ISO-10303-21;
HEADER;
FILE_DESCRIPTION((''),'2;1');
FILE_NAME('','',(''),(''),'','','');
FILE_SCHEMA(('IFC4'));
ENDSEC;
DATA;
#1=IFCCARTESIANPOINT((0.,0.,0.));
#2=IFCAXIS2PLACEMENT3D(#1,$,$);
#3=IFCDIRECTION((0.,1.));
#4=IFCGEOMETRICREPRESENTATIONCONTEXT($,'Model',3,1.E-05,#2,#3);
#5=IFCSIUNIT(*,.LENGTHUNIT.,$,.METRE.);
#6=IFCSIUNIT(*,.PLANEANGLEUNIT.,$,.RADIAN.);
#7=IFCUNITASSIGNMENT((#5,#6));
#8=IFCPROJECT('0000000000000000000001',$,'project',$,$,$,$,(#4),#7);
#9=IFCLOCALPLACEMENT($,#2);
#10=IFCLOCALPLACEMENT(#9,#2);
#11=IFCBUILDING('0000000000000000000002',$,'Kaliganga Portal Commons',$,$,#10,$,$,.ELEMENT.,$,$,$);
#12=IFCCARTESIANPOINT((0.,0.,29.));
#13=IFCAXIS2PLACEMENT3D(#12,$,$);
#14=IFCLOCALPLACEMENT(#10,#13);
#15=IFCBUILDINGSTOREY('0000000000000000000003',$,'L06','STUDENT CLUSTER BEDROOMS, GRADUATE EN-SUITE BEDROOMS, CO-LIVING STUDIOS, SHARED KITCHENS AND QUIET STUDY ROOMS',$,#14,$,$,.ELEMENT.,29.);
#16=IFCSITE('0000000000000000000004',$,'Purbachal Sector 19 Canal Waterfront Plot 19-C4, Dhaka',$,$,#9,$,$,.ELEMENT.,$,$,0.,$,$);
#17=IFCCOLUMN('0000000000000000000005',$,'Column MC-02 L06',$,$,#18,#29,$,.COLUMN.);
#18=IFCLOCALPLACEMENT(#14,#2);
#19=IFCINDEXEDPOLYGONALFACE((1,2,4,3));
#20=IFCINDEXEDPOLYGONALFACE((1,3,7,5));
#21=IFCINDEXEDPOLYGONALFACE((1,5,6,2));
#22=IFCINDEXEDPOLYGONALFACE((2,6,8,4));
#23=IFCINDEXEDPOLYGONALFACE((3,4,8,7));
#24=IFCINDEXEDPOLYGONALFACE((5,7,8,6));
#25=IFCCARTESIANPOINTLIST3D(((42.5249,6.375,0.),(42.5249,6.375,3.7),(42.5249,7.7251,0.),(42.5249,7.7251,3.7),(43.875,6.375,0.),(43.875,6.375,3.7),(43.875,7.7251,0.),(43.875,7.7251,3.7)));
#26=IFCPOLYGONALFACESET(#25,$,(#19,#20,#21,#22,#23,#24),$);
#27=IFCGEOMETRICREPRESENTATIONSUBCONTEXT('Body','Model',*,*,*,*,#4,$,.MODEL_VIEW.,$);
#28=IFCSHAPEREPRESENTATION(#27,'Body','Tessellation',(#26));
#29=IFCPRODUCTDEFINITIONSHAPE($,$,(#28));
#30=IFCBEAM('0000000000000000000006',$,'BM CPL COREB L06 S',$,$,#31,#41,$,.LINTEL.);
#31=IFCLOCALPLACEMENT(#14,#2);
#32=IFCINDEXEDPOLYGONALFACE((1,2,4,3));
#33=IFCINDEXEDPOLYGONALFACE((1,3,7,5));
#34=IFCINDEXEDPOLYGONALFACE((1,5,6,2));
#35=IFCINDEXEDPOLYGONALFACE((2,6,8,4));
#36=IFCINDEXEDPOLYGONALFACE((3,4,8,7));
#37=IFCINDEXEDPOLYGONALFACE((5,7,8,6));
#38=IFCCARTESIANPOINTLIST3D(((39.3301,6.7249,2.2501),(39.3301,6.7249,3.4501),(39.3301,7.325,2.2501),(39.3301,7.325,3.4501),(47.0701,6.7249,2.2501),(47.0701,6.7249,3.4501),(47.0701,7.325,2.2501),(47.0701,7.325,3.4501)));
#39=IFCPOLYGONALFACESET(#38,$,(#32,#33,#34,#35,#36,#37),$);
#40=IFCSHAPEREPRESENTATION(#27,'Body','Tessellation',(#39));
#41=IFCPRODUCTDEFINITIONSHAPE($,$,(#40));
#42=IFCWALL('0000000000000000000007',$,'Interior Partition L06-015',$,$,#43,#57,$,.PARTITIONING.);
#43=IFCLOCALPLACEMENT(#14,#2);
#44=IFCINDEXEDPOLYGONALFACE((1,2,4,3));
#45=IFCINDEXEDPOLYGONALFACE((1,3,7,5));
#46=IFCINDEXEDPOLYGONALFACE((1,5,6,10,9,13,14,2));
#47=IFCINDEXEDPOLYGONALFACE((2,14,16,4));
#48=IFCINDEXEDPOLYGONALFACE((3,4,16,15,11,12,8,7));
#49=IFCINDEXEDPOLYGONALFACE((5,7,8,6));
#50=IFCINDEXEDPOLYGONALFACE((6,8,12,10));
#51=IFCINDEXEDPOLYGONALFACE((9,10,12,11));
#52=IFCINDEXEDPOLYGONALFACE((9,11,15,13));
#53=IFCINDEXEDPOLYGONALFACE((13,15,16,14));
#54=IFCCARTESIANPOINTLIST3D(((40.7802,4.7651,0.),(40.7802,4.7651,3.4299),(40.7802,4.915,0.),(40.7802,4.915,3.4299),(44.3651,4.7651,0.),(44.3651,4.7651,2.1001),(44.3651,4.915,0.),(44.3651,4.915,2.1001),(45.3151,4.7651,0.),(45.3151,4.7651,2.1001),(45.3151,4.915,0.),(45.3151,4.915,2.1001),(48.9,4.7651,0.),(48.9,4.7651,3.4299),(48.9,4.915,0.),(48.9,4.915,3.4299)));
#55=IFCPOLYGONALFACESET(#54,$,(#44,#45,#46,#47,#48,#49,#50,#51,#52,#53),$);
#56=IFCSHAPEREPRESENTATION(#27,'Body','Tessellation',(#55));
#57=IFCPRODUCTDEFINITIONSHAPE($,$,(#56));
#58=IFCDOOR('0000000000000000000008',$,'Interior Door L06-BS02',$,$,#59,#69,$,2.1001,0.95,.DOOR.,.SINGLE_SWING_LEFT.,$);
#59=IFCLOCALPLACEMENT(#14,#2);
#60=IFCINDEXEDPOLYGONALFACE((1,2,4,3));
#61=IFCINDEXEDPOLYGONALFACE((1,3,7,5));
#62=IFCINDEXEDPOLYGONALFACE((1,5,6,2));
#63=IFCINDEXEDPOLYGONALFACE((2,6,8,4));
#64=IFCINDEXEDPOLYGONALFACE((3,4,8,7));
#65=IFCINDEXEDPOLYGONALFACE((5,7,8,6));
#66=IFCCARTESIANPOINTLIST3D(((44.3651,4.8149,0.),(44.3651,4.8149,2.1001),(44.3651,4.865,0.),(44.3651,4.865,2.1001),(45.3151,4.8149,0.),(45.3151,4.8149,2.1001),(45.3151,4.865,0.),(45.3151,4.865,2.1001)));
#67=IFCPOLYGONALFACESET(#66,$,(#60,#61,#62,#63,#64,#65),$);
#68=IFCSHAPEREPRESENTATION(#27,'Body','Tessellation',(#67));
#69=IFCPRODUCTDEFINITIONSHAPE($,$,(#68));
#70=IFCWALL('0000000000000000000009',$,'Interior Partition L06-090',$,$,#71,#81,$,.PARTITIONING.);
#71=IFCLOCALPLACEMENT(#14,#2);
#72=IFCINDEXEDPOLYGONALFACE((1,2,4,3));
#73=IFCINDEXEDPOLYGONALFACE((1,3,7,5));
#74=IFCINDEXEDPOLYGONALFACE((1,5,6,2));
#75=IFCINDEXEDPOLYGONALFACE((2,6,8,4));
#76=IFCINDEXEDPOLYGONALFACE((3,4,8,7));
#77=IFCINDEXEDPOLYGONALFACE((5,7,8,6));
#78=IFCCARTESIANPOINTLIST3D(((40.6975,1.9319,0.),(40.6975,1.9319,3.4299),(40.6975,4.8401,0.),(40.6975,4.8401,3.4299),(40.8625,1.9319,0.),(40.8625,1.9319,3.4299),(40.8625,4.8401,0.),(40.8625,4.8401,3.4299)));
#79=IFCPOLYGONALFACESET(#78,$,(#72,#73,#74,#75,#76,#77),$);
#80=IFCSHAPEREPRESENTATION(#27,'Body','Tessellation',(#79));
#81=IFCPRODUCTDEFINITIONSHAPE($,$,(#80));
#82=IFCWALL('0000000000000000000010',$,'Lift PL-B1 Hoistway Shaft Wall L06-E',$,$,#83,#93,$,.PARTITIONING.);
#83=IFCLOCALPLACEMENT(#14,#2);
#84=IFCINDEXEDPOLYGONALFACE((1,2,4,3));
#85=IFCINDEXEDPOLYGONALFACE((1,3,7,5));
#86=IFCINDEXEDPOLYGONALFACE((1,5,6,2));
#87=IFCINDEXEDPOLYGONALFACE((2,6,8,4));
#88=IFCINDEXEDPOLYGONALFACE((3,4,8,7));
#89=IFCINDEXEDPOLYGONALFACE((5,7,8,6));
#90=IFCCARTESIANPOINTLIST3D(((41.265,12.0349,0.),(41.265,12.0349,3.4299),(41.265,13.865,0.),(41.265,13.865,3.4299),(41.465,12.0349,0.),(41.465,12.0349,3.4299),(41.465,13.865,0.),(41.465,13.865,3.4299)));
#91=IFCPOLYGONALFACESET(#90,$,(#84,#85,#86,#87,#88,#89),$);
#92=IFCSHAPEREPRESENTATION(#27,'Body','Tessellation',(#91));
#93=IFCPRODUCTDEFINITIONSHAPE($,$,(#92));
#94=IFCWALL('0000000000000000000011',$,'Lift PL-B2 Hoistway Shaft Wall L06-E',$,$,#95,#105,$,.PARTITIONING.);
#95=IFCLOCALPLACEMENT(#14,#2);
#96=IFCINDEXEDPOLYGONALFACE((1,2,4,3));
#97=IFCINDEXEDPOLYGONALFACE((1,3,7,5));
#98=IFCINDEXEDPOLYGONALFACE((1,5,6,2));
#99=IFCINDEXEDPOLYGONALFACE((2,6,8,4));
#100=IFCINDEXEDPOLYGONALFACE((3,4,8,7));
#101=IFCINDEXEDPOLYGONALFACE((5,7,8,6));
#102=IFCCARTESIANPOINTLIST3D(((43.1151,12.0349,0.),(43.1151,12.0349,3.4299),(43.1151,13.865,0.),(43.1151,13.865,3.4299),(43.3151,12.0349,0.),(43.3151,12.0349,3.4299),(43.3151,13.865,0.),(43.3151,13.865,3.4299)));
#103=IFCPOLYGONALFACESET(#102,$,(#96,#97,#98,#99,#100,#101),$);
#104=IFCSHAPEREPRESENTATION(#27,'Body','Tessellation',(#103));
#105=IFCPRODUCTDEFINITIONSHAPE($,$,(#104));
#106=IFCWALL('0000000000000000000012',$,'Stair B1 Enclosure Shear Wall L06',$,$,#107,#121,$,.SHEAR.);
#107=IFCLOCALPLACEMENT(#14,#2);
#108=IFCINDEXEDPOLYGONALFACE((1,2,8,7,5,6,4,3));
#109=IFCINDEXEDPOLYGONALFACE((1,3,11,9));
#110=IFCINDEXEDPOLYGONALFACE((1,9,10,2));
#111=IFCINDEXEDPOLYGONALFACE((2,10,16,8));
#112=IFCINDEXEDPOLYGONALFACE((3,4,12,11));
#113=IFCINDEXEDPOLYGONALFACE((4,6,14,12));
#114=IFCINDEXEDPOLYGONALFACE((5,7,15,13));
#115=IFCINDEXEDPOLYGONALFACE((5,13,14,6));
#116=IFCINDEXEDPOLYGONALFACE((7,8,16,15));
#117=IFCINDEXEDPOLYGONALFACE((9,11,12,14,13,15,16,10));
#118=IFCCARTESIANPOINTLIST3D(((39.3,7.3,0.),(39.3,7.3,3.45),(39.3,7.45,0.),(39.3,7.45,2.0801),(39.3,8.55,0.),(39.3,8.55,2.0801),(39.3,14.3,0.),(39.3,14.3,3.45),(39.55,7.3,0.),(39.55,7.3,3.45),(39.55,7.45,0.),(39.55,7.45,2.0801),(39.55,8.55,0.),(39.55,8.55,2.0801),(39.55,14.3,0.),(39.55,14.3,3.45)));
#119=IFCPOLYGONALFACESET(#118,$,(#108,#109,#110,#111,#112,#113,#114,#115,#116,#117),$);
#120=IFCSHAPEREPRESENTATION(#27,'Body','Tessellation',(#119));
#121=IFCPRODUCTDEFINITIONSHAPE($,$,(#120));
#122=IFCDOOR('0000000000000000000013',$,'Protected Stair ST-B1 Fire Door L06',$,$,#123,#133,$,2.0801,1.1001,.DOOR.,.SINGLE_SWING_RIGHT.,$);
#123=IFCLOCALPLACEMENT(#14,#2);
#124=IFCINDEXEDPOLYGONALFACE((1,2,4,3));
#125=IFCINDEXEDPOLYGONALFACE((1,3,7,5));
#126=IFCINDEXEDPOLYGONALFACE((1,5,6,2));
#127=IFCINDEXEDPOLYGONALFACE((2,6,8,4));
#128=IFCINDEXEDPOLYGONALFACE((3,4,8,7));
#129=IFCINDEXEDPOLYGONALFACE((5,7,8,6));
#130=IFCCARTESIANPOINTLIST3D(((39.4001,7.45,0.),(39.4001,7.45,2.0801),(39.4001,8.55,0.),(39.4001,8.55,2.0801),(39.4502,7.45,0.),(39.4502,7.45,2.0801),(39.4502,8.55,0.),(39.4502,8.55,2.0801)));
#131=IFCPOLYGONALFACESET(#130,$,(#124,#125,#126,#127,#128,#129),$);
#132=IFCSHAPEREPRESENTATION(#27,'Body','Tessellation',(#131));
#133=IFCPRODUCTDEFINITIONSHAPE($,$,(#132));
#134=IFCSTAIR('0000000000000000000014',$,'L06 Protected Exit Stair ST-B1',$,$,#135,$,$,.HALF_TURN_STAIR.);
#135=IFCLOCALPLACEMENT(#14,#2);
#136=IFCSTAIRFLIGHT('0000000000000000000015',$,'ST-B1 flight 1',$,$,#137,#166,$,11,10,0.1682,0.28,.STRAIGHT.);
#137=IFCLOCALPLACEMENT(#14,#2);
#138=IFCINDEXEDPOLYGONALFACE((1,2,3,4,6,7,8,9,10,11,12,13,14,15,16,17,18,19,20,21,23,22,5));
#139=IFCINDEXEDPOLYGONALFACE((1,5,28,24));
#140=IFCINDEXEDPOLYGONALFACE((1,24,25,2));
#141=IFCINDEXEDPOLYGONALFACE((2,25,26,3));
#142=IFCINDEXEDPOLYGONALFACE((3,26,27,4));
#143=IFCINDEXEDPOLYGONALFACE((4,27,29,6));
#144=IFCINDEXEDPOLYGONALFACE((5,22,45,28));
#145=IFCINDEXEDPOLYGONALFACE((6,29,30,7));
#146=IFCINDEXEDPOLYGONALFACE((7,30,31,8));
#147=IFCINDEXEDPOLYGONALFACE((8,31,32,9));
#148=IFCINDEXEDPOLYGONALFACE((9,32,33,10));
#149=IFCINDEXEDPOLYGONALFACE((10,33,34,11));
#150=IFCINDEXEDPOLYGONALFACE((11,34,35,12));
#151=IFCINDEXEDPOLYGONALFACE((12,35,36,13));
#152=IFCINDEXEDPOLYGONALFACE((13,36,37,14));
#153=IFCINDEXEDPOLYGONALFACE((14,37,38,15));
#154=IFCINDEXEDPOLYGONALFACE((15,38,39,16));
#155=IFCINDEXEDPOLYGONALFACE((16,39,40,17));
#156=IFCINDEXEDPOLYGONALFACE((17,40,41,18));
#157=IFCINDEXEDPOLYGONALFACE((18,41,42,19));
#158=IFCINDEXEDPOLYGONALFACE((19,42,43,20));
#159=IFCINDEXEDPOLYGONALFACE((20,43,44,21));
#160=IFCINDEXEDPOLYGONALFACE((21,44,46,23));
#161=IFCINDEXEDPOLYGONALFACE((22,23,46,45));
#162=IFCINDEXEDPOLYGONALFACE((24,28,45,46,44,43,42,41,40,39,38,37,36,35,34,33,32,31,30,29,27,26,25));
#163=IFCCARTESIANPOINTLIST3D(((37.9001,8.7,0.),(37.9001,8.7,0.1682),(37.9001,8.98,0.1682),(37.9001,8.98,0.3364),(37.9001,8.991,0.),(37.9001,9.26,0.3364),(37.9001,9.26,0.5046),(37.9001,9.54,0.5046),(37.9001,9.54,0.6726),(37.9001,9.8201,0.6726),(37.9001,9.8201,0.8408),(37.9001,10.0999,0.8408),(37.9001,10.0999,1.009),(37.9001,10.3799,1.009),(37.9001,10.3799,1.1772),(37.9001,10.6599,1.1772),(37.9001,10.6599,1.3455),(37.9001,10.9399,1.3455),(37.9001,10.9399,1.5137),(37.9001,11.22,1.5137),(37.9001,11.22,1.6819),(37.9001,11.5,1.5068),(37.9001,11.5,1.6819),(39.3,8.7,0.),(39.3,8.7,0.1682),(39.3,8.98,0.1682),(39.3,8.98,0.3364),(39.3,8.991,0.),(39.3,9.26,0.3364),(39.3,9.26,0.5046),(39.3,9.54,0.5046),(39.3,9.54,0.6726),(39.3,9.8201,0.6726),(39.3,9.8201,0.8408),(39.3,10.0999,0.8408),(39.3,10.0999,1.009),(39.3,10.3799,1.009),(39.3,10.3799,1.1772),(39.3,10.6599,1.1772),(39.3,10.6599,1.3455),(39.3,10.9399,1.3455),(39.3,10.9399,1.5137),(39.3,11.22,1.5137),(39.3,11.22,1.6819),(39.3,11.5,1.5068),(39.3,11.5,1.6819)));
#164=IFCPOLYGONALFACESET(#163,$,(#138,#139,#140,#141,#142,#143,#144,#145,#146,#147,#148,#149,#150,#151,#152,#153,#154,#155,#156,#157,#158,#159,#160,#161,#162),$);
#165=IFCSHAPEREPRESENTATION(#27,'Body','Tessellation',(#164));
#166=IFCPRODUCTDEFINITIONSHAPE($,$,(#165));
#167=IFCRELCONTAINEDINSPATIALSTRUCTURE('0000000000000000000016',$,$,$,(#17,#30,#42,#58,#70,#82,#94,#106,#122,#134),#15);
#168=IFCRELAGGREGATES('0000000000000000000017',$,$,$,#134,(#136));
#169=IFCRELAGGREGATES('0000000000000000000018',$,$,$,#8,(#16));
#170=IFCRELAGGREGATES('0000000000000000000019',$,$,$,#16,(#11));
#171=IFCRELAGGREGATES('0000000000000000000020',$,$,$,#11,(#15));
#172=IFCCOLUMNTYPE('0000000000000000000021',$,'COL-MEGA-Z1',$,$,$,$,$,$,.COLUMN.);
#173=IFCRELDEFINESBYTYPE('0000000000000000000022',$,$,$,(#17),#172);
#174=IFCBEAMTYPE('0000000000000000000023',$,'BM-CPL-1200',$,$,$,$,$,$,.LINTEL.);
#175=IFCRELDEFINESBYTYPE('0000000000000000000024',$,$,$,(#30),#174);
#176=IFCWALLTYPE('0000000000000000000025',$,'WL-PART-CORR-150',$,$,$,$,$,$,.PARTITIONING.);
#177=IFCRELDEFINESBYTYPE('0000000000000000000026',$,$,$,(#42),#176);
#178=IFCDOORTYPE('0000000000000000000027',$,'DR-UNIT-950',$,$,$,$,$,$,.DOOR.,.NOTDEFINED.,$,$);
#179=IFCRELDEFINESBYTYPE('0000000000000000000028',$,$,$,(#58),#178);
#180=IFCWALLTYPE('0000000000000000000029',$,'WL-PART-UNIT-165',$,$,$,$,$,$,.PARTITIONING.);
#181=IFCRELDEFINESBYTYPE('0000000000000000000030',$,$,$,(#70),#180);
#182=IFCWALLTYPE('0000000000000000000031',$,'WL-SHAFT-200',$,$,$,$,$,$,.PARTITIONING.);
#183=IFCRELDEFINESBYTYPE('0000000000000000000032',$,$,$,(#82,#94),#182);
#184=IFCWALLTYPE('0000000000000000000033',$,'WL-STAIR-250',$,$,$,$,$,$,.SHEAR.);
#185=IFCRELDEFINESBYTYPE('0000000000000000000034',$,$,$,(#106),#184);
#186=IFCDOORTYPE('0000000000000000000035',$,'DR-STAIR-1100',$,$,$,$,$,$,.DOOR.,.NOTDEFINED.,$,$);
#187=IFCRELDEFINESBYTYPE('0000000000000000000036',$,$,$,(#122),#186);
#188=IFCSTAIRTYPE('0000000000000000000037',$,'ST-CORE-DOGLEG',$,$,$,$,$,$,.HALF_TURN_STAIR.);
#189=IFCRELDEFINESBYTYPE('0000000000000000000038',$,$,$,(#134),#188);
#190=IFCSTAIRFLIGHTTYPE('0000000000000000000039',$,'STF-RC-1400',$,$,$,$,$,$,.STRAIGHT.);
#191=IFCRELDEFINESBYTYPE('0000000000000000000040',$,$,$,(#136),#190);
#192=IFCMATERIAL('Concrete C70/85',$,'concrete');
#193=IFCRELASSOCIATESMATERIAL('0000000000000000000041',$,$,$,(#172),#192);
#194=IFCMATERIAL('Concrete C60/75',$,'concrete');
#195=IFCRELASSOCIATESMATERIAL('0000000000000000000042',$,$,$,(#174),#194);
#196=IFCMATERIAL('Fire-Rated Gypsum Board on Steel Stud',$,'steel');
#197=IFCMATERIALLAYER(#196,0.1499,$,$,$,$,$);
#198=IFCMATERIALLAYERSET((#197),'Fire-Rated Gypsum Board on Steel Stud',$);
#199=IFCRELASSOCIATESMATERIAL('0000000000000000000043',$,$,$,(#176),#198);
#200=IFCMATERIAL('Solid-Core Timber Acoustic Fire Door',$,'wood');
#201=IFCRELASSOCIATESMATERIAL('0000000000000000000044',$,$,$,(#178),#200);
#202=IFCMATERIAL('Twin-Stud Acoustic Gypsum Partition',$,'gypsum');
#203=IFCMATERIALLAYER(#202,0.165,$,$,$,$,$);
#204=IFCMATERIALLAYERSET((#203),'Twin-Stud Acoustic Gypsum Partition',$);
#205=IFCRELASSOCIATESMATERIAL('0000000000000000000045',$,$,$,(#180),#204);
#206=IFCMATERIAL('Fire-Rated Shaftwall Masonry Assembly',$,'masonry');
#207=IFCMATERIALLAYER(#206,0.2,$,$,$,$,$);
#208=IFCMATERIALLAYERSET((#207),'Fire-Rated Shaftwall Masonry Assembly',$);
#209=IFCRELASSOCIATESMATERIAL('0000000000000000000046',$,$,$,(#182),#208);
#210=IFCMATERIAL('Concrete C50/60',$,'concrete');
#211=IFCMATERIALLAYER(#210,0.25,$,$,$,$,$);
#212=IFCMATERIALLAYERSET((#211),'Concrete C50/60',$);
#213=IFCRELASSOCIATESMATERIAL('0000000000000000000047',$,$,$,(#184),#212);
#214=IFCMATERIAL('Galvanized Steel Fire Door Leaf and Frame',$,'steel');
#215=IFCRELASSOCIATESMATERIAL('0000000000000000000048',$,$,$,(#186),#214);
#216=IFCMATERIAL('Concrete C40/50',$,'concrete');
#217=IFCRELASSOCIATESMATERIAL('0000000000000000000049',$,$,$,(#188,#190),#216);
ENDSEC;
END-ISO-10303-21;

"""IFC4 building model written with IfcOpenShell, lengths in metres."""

from ifc_helpers import new_model, si_unit, direction, frame, frame_2d, origin, origin_2d, place, context, subcontext, project, spatial, polyline, rectangle, outline, extrude, source, transform, mapped, material, layer, layer_set, material_profile, profile_set, type_object, element, fill, aggregate, save


model = new_model("IFC4")

# Units and contexts
model_context = context("Model", 3, precision=1e-05, world=origin(), true_north=direction((0.0, 1.0)))
body_context = subcontext(model_context, "Body", "Model", "MODEL_VIEW")
ifc_project = project(units=[si_unit("LENGTHUNIT", "METRE"), si_unit("PLANEANGLEUNIT", "RADIAN")], contexts=[model_context])

# Site, building, storey
site_placement = place(None, origin())
site = spatial("IfcSite", under=ifc_project, at=site_placement, Name="Purbachal Sector 19 Canal Waterfront Plot 19-C4, Dhaka", CompositionType="ELEMENT", RefElevation=0.0)
building_placement = place(site_placement, origin())
building = spatial("IfcBuilding", under=site, at=building_placement, Name="Kaliganga Portal Commons", CompositionType="ELEMENT")
storey_placement = place(building_placement, frame((0.0, 0.0, 29.0)))
storey = spatial("IfcBuildingStorey", under=building, at=storey_placement, Name="L06", Description="STUDENT CLUSTER BEDROOMS, GRADUATE EN-SUITE BEDROOMS, CO-LIVING STUDIOS, SHARED KITCHENS AND QUIET STUDY ROOMS", CompositionType="ELEMENT", Elevation=29.0)

# Column
ifc_material_1 = material(Name="Concrete C70/85", Category="concrete")
ifc_material_profile_1 = material_profile(ifc_material_1, rectangle(XDim=1.3501, YDim=1.3501, at=origin_2d()), Name="RC 1350x1350")
ifc_profile_set_1 = profile_set([ifc_material_profile_1], Name="Concrete C70/85")
column_type = type_object("IfcColumnType", Name="COL-MEGA-Z1", PredefinedType="COLUMN", material=ifc_profile_set_1)
shared_shape_1 = source(origin(), body_context, "Body", "SweptSolid", [
    extrude(rectangle(XDim=1.3501, YDim=1.3501, at=origin_2d()), origin(), (0.0, 0.0, 1.0), 3.7),
])
column_placement = place(storey_placement, frame((43.2, 7.05, 0.0), z_axis=(0.0, 0.0, 1.0), x_axis=(1.0, 0.0, 0.0)))
element("IfcColumn", 1, at=column_placement, inside=storey, type_object=column_type, Name="Column MC-02 L06", PredefinedType="COLUMN", context=body_context, shape_type="MappedRepresentation", body=[
    mapped(shared_shape_1, transform((0.0, 0.0, 0.0), x_axis=(1.0, 0.0, 0.0), y_axis=(0.0, 1.0, 0.0), z_axis=(0.0, 0.0, 1.0), scale=1.0)),
])

# Beam
ifc_material_2 = material(Name="Concrete C60/75", Category="concrete")
ifc_material_profile_2 = material_profile(ifc_material_2, rectangle(XDim=0.6001, YDim=1.2, at=origin_2d()), Name="RC 600x1200")
ifc_profile_set_2 = profile_set([ifc_material_profile_2], Name="Concrete C60/75")
beam_type = type_object("IfcBeamType", Name="BM-CPL-1200", PredefinedType="LINTEL", material=ifc_profile_set_2)
shared_shape_2 = source(origin(), body_context, "Body", "SweptSolid", [
    extrude(rectangle(XDim=0.6001, YDim=1.2, at=origin_2d()), origin(), (0.0, 0.0, 1.0), 7.74),
])
beam_placement = place(storey_placement, frame((39.3301, 7.0249, 2.8501), z_axis=(1.0, 0.0, 0.0), x_axis=(0.0, 1.0, 0.0)))
element("IfcBeam", 2, at=beam_placement, inside=storey, type_object=beam_type, Name="BM CPL COREB L06 S", PredefinedType="LINTEL", context=body_context, shape_type="MappedRepresentation", body=[
    mapped(shared_shape_2, transform((0.0, 0.0, 0.0), x_axis=(1.0, 0.0, 0.0), y_axis=(0.0, 1.0, 0.0), z_axis=(0.0, 0.0, 1.0), scale=1.0)),
])

# Wall, opening, door
ifc_material_3 = material(Name="Fire-Rated Gypsum Board on Steel Stud", Category="steel")
ifc_layer_1 = layer(ifc_material_3, 0.1499)
ifc_layer_set_1 = layer_set([ifc_layer_1], Name="Fire-Rated Gypsum Board on Steel Stud")
wall_type_1 = type_object("IfcWallType", Name="WL-PART-CORR-150", PredefinedType="PARTITIONING", material=ifc_layer_set_1)
wall_1_placement = place(storey_placement, frame((40.78, 4.8401, 0.0), z_axis=(0.0, 0.0, 1.0), x_axis=(1.0, 0.0, 0.0)))
wall_1 = element("IfcWall", 3, at=wall_1_placement, inside=storey, type_object=wall_type_1, Name="Interior Partition L06-015", PredefinedType="PARTITIONING", context=body_context, shape_type="SweptSolid", body=[
    extrude(rectangle(XDim=8.1199, YDim=0.1499, at=frame_2d((4.0601, 0.0))), origin(), (0.0, 0.0, 1.0), 3.4299),
])
opening_1_placement = place(wall_1_placement, frame((3.585, 0.0, 0.0)))
opening_1 = element("IfcOpeningElement", 4, at=opening_1_placement, cuts=wall_1, PredefinedType="OPENING", context=body_context, shape_type="SweptSolid", body=[
    extrude(rectangle(XDim=0.95, YDim=2.1001, at=frame_2d((0.4751, 1.05))), frame((0.0, 0.085, 0.0), z_axis=(0.0, -1.0, 0.0), x_axis=(1.0, 0.0, 0.0)), (0.0, 0.0, 1.0), 0.1699),
])
ifc_material_4 = material(Name="Solid-Core Timber Acoustic Fire Door", Category="wood")
door_type_1 = type_object("IfcDoorType", Name="DR-UNIT-950", OperationType="NOTDEFINED", PredefinedType="DOOR", material=ifc_material_4)
door_1_placement = place(opening_1_placement, origin())
door_1 = element("IfcDoor", 5, at=door_1_placement, inside=storey, type_object=door_type_1, Name="Interior Door L06-BS02", OperationType="SINGLE_SWING_LEFT", OverallHeight=2.1001, OverallWidth=0.95, PredefinedType="DOOR", context=body_context, shape_type="SweptSolid", body=[
    extrude(rectangle(XDim=0.95, YDim=2.1001, at=frame_2d((0.4751, 1.05))), frame((0.0, 0.0249, 0.0), z_axis=(0.0, -1.0, 0.0), x_axis=(1.0, 0.0, 0.0)), (0.0, 0.0, 1.0), 0.05),
])
fill(opening_1, door_1)

# Wall
ifc_material_5 = material(Name="Twin-Stud Acoustic Gypsum Partition", Category="gypsum")
ifc_layer_2 = layer(ifc_material_5, 0.165)
ifc_layer_set_2 = layer_set([ifc_layer_2], Name="Twin-Stud Acoustic Gypsum Partition")
wall_type_2 = type_object("IfcWallType", Name="WL-PART-UNIT-165", PredefinedType="PARTITIONING", material=ifc_layer_set_2)
wall_2_placement = place(storey_placement, frame((40.78, 1.9319, 0.0), z_axis=(0.0, 0.0, 1.0), x_axis=(0.0, 1.0, 0.0)))
element("IfcWall", 6, at=wall_2_placement, inside=storey, type_object=wall_type_2, Name="Interior Partition L06-090", PredefinedType="PARTITIONING", context=body_context, shape_type="SweptSolid", body=[
    extrude(rectangle(XDim=2.9082, YDim=0.165, at=frame_2d((1.4541, 0.0))), origin(), (0.0, 0.0, 1.0), 3.4299),
])

# Shared definitions
ifc_material_6 = material(Name="Fire-Rated Shaftwall Masonry Assembly", Category="masonry")
ifc_layer_3 = layer(ifc_material_6, 0.2)
ifc_layer_set_3 = layer_set([ifc_layer_3], Name="Fire-Rated Shaftwall Masonry Assembly")
wall_type_3 = type_object("IfcWallType", Name="WL-SHAFT-200", PredefinedType="PARTITIONING", material=ifc_layer_set_3)

# Wall
wall_3_placement = place(storey_placement, frame((41.365, 12.0349, 0.0), z_axis=(0.0, 0.0, 1.0), x_axis=(0.0, 1.0, 0.0)))
element("IfcWall", 7, at=wall_3_placement, inside=storey, type_object=wall_type_3, Name="Lift PL-B1 Hoistway Shaft Wall L06-E", PredefinedType="PARTITIONING", context=body_context, shape_type="SweptSolid", body=[
    extrude(rectangle(XDim=1.8301, YDim=0.2, at=frame_2d((0.915, 0.0))), origin(), (0.0, 0.0, 1.0), 3.4299),
])

# Wall
wall_4_placement = place(storey_placement, frame((43.2151, 12.0349, 0.0), z_axis=(0.0, 0.0, 1.0), x_axis=(0.0, 1.0, 0.0)))
element("IfcWall", 8, at=wall_4_placement, inside=storey, type_object=wall_type_3, Name="Lift PL-B2 Hoistway Shaft Wall L06-E", PredefinedType="PARTITIONING", context=body_context, shape_type="SweptSolid", body=[
    extrude(rectangle(XDim=1.8301, YDim=0.2, at=frame_2d((0.915, 0.0))), origin(), (0.0, 0.0, 1.0), 3.4299),
])

# Wall, opening, door
ifc_material_7 = material(Name="Concrete C50/60", Category="concrete")
ifc_layer_4 = layer(ifc_material_7, 0.25)
ifc_layer_set_4 = layer_set([ifc_layer_4], Name="Concrete C50/60")
wall_type_4 = type_object("IfcWallType", Name="WL-STAIR-250", PredefinedType="SHEAR", material=ifc_layer_set_4)
wall_5_placement = place(storey_placement, frame((39.425, 7.3, 0.0), z_axis=(0.0, 0.0, 1.0), x_axis=(0.0, 1.0, 0.0)))
wall_5 = element("IfcWall", 9, at=wall_5_placement, inside=storey, type_object=wall_type_4, Name="Stair B1 Enclosure Shear Wall L06", PredefinedType="SHEAR", context=body_context, shape_type="SweptSolid", body=[
    extrude(rectangle(XDim=7.0, YDim=0.25, at=frame_2d((3.5, 0.0))), origin(), (0.0, 0.0, 1.0), 3.45),
])
opening_2_placement = place(wall_5_placement, frame((0.1499, 0.0, 0.0)))
opening_2 = element("IfcOpeningElement", 10, at=opening_2_placement, cuts=wall_5, PredefinedType="OPENING", context=body_context, shape_type="SweptSolid", body=[
    extrude(rectangle(XDim=1.1001, YDim=2.0801, at=frame_2d((0.55, 1.04))), frame((0.0, 0.135, 0.0), z_axis=(0.0, -1.0, 0.0), x_axis=(1.0, 0.0, 0.0)), (0.0, 0.0, 1.0), 0.27),
])
ifc_material_8 = material(Name="Galvanized Steel Fire Door Leaf and Frame", Category="steel")
door_type_2 = type_object("IfcDoorType", Name="DR-STAIR-1100", OperationType="NOTDEFINED", PredefinedType="DOOR", material=ifc_material_8)
door_2_placement = place(opening_2_placement, origin())
door_2 = element("IfcDoor", 11, at=door_2_placement, inside=storey, type_object=door_type_2, Name="Protected Stair ST-B1 Fire Door L06", OperationType="SINGLE_SWING_RIGHT", OverallHeight=2.0801, OverallWidth=1.1001, PredefinedType="DOOR", context=body_context, shape_type="SweptSolid", body=[
    extrude(rectangle(XDim=1.1001, YDim=2.0801, at=frame_2d((0.55, 1.04))), frame((0.0, 0.0249, 0.0), z_axis=(0.0, -1.0, 0.0), x_axis=(1.0, 0.0, 0.0)), (0.0, 0.0, 1.0), 0.05),
])
fill(opening_2, door_2)

# Stair, stair flight
ifc_material_9 = material(Name="Concrete C40/50", Category="concrete")
stair_type = type_object("IfcStairType", Name="ST-CORE-DOGLEG", PredefinedType="HALF_TURN_STAIR", material=ifc_material_9)
stair_placement = place(storey_placement, origin())
stair = element("IfcStair", 12, at=stair_placement, inside=storey, type_object=stair_type, Name="L06 Protected Exit Stair ST-B1", PredefinedType="HALF_TURN_STAIR")
stair_flight_type = type_object("IfcStairFlightType", Name="STF-RC-1400", PredefinedType="STRAIGHT", material=ifc_material_9)
stair_flight_placement = place(storey_placement, frame((38.6001, 8.7, 0.0), z_axis=(0.0, 0.0, 1.0), x_axis=(0.0, 1.0, 0.0)))
stair_flight = element("IfcStairFlight", 13, at=stair_flight_placement, type_object=stair_flight_type, Name="ST-B1 flight 1", NumberOfRisers=11, NumberOfTreads=10, PredefinedType="STRAIGHT", RiserHeight=0.1682, TreadLength=0.28, context=body_context, shape_type="SweptSolid", body=[
    extrude(outline(polyline([(0.0, 0.0), (0.0, 0.1682), (0.28, 0.1682), (0.28, 0.3364), (0.5601, 0.3364), (0.5601, 0.5046), (0.8401, 0.5046), (0.8401, 0.6726), (1.1201, 0.6726), (1.1201, 0.8408), (1.3999, 0.8408), (1.3999, 1.009), (1.6799, 1.009), (1.6799, 1.1772), (1.96, 1.1772), (1.96, 1.3455), (2.24, 1.3455), (2.24, 1.5137), (2.52, 1.5137), (2.52, 1.6819), (2.8, 1.6819), (2.8, 1.8501), (2.8, 1.5068), (0.291, 0.0), (0.0, 0.0)])), frame((0.0, 0.7, 0.0), z_axis=(0.0, -1.0, 0.0), x_axis=(1.0, 0.0, 0.0)), (0.0, 0.0, 1.0), 1.3999),
])
aggregate(stair, [stair_flight])

save(model, "model.ifc")
